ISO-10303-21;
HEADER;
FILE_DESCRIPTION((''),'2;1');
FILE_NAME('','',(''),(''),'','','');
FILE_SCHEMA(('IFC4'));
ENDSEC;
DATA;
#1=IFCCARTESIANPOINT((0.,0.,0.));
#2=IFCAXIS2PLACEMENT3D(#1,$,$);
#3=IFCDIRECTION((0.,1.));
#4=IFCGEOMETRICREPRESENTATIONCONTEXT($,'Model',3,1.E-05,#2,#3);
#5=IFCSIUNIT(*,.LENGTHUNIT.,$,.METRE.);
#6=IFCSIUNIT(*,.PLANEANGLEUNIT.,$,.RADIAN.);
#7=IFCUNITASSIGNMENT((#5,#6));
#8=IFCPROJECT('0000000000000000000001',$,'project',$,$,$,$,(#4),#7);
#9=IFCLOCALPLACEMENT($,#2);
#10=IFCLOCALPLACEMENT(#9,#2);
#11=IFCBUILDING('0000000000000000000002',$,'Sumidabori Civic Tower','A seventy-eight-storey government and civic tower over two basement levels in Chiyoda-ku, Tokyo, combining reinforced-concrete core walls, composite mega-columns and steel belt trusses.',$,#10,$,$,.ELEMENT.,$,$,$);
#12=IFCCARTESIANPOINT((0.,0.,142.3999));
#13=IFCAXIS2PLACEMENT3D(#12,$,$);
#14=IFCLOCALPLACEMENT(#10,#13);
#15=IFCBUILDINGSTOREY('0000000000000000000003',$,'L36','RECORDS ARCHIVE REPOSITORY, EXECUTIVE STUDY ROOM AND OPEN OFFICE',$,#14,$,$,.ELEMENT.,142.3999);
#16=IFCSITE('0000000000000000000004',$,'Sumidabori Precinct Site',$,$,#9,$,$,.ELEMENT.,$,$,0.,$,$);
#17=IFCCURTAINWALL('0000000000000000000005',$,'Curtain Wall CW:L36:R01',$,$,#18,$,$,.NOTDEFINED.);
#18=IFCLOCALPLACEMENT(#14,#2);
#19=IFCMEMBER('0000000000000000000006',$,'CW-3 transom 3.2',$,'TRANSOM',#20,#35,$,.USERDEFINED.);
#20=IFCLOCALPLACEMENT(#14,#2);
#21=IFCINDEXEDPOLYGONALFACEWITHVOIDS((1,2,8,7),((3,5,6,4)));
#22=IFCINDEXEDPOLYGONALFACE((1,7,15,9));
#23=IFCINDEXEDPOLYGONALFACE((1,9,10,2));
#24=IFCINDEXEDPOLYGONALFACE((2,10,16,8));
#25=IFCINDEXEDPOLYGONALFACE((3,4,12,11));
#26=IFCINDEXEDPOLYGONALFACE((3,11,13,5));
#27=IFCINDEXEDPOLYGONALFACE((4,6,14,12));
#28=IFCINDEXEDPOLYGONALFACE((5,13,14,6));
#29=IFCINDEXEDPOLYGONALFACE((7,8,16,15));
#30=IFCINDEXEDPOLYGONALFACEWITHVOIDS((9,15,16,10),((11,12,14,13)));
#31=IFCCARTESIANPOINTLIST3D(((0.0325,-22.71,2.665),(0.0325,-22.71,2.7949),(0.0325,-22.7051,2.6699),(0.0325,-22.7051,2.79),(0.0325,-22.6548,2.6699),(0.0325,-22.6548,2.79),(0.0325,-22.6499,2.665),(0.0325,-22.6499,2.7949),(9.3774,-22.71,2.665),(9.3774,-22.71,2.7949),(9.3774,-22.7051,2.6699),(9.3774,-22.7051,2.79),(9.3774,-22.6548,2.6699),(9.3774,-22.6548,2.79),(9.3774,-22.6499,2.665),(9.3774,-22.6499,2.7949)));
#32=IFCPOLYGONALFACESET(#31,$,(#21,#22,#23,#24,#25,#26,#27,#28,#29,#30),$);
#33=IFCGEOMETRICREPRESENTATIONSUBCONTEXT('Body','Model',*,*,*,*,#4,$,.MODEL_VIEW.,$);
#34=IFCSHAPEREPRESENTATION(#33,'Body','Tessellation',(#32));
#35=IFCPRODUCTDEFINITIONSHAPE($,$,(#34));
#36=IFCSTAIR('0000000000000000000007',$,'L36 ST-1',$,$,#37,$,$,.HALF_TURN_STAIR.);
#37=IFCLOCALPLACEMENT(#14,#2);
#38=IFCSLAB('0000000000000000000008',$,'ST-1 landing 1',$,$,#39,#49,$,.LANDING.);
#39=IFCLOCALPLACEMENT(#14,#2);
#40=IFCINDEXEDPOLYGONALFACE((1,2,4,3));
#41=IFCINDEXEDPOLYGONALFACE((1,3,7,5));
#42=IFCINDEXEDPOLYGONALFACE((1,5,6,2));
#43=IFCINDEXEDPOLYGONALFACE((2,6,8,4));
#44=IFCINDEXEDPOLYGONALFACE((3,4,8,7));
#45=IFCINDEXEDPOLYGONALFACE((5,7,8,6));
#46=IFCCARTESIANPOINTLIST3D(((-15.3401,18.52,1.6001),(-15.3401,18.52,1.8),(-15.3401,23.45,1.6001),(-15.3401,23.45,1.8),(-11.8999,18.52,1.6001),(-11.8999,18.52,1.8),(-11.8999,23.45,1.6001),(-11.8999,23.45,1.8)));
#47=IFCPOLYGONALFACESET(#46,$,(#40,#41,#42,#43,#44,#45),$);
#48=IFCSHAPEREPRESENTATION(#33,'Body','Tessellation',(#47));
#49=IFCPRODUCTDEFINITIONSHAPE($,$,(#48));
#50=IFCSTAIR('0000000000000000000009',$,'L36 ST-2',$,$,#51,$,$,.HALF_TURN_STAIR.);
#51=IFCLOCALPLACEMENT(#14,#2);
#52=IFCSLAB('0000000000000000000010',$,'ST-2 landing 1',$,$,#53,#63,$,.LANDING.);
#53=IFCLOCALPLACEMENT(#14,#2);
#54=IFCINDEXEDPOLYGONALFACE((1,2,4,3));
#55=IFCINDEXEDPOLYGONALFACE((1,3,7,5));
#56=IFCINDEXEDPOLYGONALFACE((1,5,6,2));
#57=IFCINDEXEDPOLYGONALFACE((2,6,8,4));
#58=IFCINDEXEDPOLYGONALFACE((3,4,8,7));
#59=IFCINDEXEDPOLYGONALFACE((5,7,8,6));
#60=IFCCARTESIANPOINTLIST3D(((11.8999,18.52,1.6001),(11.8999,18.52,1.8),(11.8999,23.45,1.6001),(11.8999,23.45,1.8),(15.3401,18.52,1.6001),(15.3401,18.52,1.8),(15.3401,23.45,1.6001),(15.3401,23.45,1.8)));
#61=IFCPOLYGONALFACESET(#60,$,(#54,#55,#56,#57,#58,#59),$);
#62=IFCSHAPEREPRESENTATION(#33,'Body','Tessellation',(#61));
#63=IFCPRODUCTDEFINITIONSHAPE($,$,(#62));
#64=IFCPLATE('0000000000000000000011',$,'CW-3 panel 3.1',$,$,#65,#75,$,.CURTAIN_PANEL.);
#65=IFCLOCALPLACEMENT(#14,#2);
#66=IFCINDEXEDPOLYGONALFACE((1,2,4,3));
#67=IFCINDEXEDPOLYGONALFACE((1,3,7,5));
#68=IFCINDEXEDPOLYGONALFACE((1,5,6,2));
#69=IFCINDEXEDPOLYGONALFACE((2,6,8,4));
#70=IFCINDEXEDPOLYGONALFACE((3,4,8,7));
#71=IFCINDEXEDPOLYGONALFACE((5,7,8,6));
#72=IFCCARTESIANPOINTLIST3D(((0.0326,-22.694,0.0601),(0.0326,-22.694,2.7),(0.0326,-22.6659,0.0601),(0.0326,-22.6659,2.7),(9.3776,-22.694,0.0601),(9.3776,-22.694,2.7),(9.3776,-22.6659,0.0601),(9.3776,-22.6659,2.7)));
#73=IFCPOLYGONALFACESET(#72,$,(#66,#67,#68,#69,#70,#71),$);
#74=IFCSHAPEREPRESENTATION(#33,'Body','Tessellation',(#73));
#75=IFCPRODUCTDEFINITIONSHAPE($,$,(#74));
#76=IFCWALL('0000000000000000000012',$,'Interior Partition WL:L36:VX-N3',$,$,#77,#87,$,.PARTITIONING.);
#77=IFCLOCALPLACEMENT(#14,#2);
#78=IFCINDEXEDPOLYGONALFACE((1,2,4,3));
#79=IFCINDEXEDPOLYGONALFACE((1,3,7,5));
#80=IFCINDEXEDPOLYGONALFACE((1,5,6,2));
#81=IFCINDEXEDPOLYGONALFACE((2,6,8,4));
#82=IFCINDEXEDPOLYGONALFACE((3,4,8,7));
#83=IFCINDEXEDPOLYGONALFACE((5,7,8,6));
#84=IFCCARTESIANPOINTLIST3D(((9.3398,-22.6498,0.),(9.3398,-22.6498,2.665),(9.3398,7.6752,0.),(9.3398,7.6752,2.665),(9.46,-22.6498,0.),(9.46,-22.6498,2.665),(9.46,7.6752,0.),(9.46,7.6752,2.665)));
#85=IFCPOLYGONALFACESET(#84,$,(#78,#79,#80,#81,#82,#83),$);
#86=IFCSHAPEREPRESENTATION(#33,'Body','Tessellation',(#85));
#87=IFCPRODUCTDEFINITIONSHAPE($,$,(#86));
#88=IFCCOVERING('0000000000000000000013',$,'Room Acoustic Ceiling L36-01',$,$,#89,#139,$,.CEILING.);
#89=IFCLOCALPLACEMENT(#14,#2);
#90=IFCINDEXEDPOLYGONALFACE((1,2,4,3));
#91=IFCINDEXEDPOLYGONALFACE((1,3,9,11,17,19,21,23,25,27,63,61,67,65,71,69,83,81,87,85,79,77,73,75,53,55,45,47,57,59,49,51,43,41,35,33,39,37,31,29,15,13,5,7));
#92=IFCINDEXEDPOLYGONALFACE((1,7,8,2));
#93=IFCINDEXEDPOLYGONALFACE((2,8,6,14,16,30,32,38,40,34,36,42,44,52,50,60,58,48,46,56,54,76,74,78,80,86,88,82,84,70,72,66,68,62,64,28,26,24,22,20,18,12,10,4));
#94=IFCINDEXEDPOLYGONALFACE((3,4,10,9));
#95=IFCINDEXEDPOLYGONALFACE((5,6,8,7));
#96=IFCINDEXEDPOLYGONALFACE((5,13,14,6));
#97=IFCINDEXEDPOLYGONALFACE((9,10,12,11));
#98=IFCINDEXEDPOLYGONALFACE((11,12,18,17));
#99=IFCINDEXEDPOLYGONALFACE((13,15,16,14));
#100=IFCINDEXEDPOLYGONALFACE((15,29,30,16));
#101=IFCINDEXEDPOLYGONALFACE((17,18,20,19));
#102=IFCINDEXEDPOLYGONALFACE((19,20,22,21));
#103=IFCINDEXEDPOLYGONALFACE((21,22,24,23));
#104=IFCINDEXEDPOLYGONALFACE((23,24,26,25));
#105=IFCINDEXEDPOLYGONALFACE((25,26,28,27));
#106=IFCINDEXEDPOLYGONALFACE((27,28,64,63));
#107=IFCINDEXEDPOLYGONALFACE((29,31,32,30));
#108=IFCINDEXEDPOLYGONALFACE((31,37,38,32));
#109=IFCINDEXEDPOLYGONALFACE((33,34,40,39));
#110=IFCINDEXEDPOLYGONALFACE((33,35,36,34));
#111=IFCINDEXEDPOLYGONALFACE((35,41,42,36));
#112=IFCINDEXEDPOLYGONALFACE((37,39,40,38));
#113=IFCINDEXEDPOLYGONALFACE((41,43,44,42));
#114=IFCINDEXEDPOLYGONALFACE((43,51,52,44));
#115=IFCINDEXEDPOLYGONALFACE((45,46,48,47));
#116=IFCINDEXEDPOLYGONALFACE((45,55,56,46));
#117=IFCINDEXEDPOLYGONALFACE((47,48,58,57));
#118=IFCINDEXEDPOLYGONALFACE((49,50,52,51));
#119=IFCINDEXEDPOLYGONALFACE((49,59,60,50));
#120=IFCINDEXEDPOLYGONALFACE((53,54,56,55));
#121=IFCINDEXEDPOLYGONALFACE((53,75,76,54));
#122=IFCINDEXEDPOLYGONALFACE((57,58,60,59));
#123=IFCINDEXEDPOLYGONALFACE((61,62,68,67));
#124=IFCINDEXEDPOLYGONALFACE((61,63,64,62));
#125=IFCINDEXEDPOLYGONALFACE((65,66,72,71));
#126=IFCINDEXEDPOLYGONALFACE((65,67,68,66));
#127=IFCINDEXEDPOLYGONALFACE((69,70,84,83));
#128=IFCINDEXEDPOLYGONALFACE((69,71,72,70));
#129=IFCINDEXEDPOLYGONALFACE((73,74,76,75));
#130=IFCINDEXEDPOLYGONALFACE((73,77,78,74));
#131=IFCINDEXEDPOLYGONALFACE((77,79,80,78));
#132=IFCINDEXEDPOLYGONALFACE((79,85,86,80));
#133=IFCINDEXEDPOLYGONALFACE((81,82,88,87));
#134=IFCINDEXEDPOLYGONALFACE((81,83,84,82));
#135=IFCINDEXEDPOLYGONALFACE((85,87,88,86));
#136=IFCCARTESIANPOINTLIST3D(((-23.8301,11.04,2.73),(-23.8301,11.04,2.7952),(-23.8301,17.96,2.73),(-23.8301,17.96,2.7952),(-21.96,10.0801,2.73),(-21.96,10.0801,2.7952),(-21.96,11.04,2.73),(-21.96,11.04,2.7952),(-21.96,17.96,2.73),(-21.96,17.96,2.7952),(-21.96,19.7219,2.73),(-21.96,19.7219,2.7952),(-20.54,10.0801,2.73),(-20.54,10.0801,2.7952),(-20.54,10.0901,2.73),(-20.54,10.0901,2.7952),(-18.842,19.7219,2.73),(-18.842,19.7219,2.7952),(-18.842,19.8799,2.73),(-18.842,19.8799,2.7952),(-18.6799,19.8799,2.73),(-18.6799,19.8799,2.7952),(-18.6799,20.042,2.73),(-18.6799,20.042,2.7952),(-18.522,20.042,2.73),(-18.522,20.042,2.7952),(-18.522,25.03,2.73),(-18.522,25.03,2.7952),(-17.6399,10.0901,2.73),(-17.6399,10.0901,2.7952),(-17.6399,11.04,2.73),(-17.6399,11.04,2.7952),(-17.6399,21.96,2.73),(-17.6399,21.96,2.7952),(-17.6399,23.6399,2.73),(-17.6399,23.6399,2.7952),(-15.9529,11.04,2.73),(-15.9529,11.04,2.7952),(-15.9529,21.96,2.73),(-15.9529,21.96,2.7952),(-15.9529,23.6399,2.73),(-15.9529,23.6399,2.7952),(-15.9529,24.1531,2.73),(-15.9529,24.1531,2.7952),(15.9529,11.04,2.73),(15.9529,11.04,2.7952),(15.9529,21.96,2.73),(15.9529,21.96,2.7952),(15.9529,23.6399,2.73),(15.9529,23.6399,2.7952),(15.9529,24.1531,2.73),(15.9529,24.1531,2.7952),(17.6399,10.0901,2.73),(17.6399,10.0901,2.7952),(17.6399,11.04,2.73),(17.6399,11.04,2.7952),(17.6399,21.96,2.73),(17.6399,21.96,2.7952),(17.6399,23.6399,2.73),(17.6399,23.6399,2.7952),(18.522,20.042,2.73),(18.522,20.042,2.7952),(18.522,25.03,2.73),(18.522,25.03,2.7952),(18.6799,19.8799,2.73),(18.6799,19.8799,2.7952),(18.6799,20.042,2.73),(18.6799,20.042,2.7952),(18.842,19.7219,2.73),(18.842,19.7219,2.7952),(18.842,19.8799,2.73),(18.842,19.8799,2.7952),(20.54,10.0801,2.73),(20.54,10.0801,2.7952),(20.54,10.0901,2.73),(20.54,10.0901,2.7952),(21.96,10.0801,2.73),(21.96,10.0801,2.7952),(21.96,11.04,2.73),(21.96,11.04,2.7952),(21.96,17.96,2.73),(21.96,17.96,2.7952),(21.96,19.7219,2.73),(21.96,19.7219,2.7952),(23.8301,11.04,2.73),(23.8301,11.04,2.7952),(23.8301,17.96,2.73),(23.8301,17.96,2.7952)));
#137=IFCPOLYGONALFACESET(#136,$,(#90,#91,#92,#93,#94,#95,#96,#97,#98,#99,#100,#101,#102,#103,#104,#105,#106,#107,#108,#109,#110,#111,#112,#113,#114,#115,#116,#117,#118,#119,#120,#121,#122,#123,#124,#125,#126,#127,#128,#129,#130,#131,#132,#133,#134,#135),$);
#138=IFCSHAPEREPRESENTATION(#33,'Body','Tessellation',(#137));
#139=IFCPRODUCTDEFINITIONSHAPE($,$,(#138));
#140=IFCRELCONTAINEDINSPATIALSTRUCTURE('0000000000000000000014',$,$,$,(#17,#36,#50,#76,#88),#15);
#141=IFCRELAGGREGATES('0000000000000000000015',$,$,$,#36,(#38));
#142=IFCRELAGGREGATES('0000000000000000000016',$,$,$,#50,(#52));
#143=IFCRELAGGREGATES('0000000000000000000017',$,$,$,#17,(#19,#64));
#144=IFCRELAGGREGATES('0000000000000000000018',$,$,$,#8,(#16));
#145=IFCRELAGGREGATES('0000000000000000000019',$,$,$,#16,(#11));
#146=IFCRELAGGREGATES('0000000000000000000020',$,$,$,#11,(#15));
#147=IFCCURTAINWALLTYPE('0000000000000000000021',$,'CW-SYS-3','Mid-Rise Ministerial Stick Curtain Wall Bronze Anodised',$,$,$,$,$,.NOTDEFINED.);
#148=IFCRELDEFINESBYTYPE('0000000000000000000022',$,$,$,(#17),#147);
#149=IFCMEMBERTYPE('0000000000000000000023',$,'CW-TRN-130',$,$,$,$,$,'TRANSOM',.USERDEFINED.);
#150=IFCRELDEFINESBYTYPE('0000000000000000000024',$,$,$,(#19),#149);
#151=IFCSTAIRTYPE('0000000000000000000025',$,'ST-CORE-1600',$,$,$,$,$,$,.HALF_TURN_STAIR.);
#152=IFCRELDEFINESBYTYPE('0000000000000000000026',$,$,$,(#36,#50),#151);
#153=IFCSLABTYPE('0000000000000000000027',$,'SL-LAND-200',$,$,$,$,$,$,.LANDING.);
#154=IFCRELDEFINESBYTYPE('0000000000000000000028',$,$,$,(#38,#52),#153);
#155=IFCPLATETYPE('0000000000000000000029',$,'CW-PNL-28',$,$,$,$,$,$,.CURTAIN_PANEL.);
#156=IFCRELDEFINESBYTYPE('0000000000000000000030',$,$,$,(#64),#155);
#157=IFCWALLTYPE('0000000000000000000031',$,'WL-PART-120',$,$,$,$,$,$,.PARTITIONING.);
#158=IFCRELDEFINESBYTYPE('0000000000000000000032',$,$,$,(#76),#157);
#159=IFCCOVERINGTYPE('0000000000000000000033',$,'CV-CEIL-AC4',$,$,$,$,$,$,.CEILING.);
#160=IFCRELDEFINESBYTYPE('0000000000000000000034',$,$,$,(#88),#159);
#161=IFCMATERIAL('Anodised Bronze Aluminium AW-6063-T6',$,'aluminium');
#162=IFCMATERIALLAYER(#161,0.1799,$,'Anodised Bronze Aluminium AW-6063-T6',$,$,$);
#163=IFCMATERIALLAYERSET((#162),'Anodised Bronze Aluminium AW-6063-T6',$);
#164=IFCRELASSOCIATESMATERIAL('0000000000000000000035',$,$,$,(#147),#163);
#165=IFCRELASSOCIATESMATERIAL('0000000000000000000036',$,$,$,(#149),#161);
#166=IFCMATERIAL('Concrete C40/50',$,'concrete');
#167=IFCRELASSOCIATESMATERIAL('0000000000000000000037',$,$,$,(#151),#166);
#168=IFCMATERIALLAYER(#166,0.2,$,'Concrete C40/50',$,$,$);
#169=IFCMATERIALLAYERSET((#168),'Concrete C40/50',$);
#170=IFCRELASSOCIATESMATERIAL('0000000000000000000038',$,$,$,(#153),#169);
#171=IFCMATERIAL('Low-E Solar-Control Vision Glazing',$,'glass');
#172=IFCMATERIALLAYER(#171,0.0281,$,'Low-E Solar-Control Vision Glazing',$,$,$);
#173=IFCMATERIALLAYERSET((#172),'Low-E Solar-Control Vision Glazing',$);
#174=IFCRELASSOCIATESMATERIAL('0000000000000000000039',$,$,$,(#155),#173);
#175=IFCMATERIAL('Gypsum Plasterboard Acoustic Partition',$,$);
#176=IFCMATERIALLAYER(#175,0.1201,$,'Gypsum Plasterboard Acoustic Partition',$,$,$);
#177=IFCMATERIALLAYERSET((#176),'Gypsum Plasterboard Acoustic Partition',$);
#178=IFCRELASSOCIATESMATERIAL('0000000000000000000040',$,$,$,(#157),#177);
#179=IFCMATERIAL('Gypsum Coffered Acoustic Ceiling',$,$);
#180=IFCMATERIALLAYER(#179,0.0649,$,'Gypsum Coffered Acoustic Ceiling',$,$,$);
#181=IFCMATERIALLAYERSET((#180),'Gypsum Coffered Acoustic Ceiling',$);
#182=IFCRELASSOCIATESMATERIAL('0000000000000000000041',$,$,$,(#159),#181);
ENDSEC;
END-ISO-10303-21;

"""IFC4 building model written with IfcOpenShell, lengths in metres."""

from ifc_helpers import new_model, si_unit, direction, frame, frame_2d, origin, origin_2d, place, context, subcontext, project, spatial, polyline, rectangle, hollow_rectangle, outline, extrude, source, transform, mapped, material, layer, layer_set, material_profile, profile_set, type_object, element, aggregate, save


model = new_model("IFC4")

# Units and contexts
model_context = context("Model", 3, precision=1e-05, world=origin(), true_north=direction((0.0, 1.0)))
body_context = subcontext(model_context, "Body", "Model", "MODEL_VIEW")
ifc_project = project(units=[si_unit("LENGTHUNIT", "METRE"), si_unit("PLANEANGLEUNIT", "RADIAN")], contexts=[model_context])

# Site, building, storey
site_placement = place(None, origin())
site = spatial("IfcSite", under=ifc_project, at=site_placement, Name="Sumidabori Precinct Site", CompositionType="ELEMENT", RefElevation=0.0)
building_placement = place(site_placement, origin())
building = spatial("IfcBuilding", under=site, at=building_placement, Name="Sumidabori Civic Tower", Description="A seventy-eight-storey government and civic tower over two basement levels in Chiyoda-ku, Tokyo, combining reinforced-concrete core walls, composite mega-columns and steel belt trusses.", CompositionType="ELEMENT")
storey_placement = place(building_placement, frame((0.0, 0.0, 142.3999)))
storey = spatial("IfcBuildingStorey", under=building, at=storey_placement, Name="L36", Description="RECORDS ARCHIVE REPOSITORY, EXECUTIVE STUDY ROOM AND OPEN OFFICE", CompositionType="ELEMENT", Elevation=142.3999)

# Curtain wall, member
ifc_material_1 = material(Name="Anodised Bronze Aluminium AW-6063-T6", Category="aluminium")
ifc_layer_1 = layer(ifc_material_1, 0.1799, Name="Anodised Bronze Aluminium AW-6063-T6")
ifc_layer_set_1 = layer_set([ifc_layer_1], Name="Anodised Bronze Aluminium AW-6063-T6")
curtain_wall_type = type_object("IfcCurtainWallType", Name="CW-SYS-3", Description="Mid-Rise Ministerial Stick Curtain Wall Bronze Anodised", PredefinedType="NOTDEFINED", material=ifc_layer_set_1)
curtain_wall_placement = place(storey_placement, origin())
curtain_wall = element("IfcCurtainWall", 1, at=curtain_wall_placement, inside=storey, type_object=curtain_wall_type, Name="Curtain Wall CW:L36:R01", PredefinedType="NOTDEFINED")
ifc_material_profile_1 = material_profile(ifc_material_1, hollow_rectangle(XDim=0.0601, YDim=0.1299, WallThickness=0.0049, at=origin_2d()), Name="ALU TRANSOM 130x60")
ifc_profile_set_1 = profile_set([ifc_material_profile_1], Name="Anodised Bronze Aluminium AW-6063-T6")
member_type = type_object("IfcMemberType", Name="CW-TRN-130", ElementType="TRANSOM", PredefinedType="USERDEFINED", material=ifc_profile_set_1)
shared_shape_1 = source(origin(), body_context, "Body", "SweptSolid", [
    extrude(hollow_rectangle(XDim=0.0601, YDim=0.1299, WallThickness=0.0049, at=origin_2d()), origin(), (0.0, 0.0, 1.0), 9.345),
])
member_1_placement = place(storey_placement, frame((0.0325, -22.6799, 2.73), z_axis=(1.0, 0.0, 0.0), x_axis=(0.0, 1.0, 0.0)))
member_1 = element("IfcMember", 2, at=member_1_placement, type_object=member_type, Name="CW-3 transom 3.2", ObjectType="TRANSOM", PredefinedType="USERDEFINED", context=body_context, shape_type="MappedRepresentation", body=[
    mapped(shared_shape_1, transform((0.0, 0.0, 0.0), x_axis=(1.0, 0.0, 0.0), y_axis=(0.0, 1.0, 0.0), z_axis=(0.0, 0.0, 1.0), scale=1.0)),
])

# Stairs, slabs
ifc_material_2 = material(Name="Concrete C40/50", Category="concrete")
stair_type = type_object("IfcStairType", Name="ST-CORE-1600", PredefinedType="HALF_TURN_STAIR", material=ifc_material_2)
stair_1_placement = place(storey_placement, origin())
stair_1 = element("IfcStair", 3, at=stair_1_placement, inside=storey, type_object=stair_type, Name="L36 ST-1", PredefinedType="HALF_TURN_STAIR")
ifc_layer_2 = layer(ifc_material_2, 0.2, Name="Concrete C40/50")
ifc_layer_set_2 = layer_set([ifc_layer_2], Name="Concrete C40/50")
slab_type = type_object("IfcSlabType", Name="SL-LAND-200", PredefinedType="LANDING", material=ifc_layer_set_2)
slab_1_placement = place(storey_placement, frame((0.0, 0.0, 1.6001)))
slab_1 = element("IfcSlab", 4, at=slab_1_placement, type_object=slab_type, Name="ST-1 landing 1", PredefinedType="LANDING", context=body_context, shape_type="SweptSolid", body=[
    extrude(outline(polyline([(-11.8999, 18.52), (-11.8999, 23.45), (-15.3401, 23.45), (-15.3401, 18.52), (-11.8999, 18.52)])), origin(), (0.0, 0.0, 1.0), 0.2),
])
aggregate(stair_1, [slab_1])
stair_2_placement = place(storey_placement, origin())
stair_2 = element("IfcStair", 5, at=stair_2_placement, inside=storey, type_object=stair_type, Name="L36 ST-2", PredefinedType="HALF_TURN_STAIR")
slab_2_placement = place(storey_placement, frame((0.0, 0.0, 1.6001)))
slab_2 = element("IfcSlab", 6, at=slab_2_placement, type_object=slab_type, Name="ST-2 landing 1", PredefinedType="LANDING", context=body_context, shape_type="SweptSolid", body=[
    extrude(outline(polyline([(15.3401, 18.52), (15.3401, 23.45), (11.8999, 23.45), (11.8999, 18.52), (15.3401, 18.52)])), origin(), (0.0, 0.0, 1.0), 0.2),
])
aggregate(stair_2, [slab_2])

# Plate
ifc_material_3 = material(Name="Low-E Solar-Control Vision Glazing", Category="glass")
ifc_layer_3 = layer(ifc_material_3, 0.0281, Name="Low-E Solar-Control Vision Glazing")
ifc_layer_set_3 = layer_set([ifc_layer_3], Name="Low-E Solar-Control Vision Glazing")
plate_type = type_object("IfcPlateType", Name="CW-PNL-28", PredefinedType="CURTAIN_PANEL", material=ifc_layer_set_3)
shared_shape_2 = source(origin(), body_context, "Body", "SweptSolid", [
    extrude(rectangle(XDim=9.345, YDim=0.0281, at=origin_2d()), origin(), (0.0, 0.0, 1.0), 2.6399),
])
plate_placement = place(storey_placement, frame((4.7051, -22.6799, 0.0601), z_axis=(0.0, 0.0, 1.0), x_axis=(1.0, 0.0, 0.0)))
plate = element("IfcPlate", 7, at=plate_placement, type_object=plate_type, Name="CW-3 panel 3.1", PredefinedType="CURTAIN_PANEL", context=body_context, shape_type="MappedRepresentation", body=[
    mapped(shared_shape_2, transform((0.0, 0.0, 0.0), x_axis=(1.0, 0.0, 0.0), y_axis=(0.0, 1.0, 0.0), z_axis=(0.0, 0.0, 1.0), scale=1.0)),
])
aggregate(curtain_wall, [member_1, plate])

# Wall
ifc_material_4 = material(Name="Gypsum Plasterboard Acoustic Partition")
ifc_layer_4 = layer(ifc_material_4, 0.1201, Name="Gypsum Plasterboard Acoustic Partition")
ifc_layer_set_4 = layer_set([ifc_layer_4], Name="Gypsum Plasterboard Acoustic Partition")
wall_type = type_object("IfcWallType", Name="WL-PART-120", PredefinedType="PARTITIONING", material=ifc_layer_set_4)
shared_shape_3 = source(origin(), body_context, "Body", "SweptSolid", [
    extrude(rectangle(XDim=30.325, YDim=0.1201, at=frame_2d((15.1626, 0.0))), origin(), (0.0, 0.0, 1.0), 2.665),
])
wall_placement = place(storey_placement, frame((9.3999, -22.6499, 0.0), z_axis=(0.0, 0.0, 1.0), x_axis=(0.0, 1.0, 0.0)))
element("IfcWall", 8, at=wall_placement, inside=storey, type_object=wall_type, Name="Interior Partition WL:L36:VX-N3", PredefinedType="PARTITIONING", context=body_context, shape_type="MappedRepresentation", body=[
    mapped(shared_shape_3, transform((0.0, 0.0, 0.0), x_axis=(1.0, 0.0, 0.0), y_axis=(0.0, 1.0, 0.0), z_axis=(0.0, 0.0, 1.0), scale=1.0)),
])

# Covering
ifc_material_5 = material(Name="Gypsum Coffered Acoustic Ceiling")
ifc_layer_5 = layer(ifc_material_5, 0.0649, Name="Gypsum Coffered Acoustic Ceiling")
ifc_layer_set_5 = layer_set([ifc_layer_5], Name="Gypsum Coffered Acoustic Ceiling")
covering_type_1 = type_object("IfcCoveringType", Name="CV-CEIL-AC4", PredefinedType="CEILING", material=ifc_layer_set_5)
covering_1_placement = place(storey_placement, frame((0.0, 0.0, 2.73)))
element("IfcCovering", 9, at=covering_1_placement, inside=storey, type_object=covering_type_1, Name="Room Acoustic Ceiling L36-01", PredefinedType="CEILING", context=body_context, shape_type="SweptSolid", body=[
    extrude(outline(polyline([(-23.8301, 17.96), (-21.96, 17.96), (-21.96, 19.7219), (-18.842, 19.7219), (-18.842, 19.8799), (-18.6799, 19.8799), (-18.6799, 20.042), (-18.522, 20.042), (-18.522, 25.03), (18.522, 25.03), (18.522, 20.042), (18.6799, 20.042), (18.6799, 19.8799), (18.842, 19.8799), (18.842, 19.7219), (21.96, 19.7219), (21.96, 17.96), (23.8301, 17.96), (23.8301, 11.04), (21.96, 11.04), (21.96, 10.0801), (20.54, 10.0801), (20.54, 10.0901), (17.6399, 10.0901), (17.6399, 11.04), (15.9529, 11.04), (15.9529, 21.96), (17.6399, 21.96), (17.6399, 23.6399), (15.9529, 23.6399), (15.9529, 24.1531), (-15.9529, 24.1531), (-15.9529, 23.6399), (-17.6399, 23.6399), (-17.6399, 21.96), (-15.9529, 21.96), (-15.9529, 11.04), (-17.6399, 11.04), (-17.6399, 10.0901), (-20.54, 10.0901), (-20.54, 10.0801), (-21.96, 10.0801), (-21.96, 11.04), (-23.8301, 11.04), (-23.8301, 17.96)])), origin(), (0.0, 0.0, 1.0), 0.0652),
])

save(model, "model.ifc")
